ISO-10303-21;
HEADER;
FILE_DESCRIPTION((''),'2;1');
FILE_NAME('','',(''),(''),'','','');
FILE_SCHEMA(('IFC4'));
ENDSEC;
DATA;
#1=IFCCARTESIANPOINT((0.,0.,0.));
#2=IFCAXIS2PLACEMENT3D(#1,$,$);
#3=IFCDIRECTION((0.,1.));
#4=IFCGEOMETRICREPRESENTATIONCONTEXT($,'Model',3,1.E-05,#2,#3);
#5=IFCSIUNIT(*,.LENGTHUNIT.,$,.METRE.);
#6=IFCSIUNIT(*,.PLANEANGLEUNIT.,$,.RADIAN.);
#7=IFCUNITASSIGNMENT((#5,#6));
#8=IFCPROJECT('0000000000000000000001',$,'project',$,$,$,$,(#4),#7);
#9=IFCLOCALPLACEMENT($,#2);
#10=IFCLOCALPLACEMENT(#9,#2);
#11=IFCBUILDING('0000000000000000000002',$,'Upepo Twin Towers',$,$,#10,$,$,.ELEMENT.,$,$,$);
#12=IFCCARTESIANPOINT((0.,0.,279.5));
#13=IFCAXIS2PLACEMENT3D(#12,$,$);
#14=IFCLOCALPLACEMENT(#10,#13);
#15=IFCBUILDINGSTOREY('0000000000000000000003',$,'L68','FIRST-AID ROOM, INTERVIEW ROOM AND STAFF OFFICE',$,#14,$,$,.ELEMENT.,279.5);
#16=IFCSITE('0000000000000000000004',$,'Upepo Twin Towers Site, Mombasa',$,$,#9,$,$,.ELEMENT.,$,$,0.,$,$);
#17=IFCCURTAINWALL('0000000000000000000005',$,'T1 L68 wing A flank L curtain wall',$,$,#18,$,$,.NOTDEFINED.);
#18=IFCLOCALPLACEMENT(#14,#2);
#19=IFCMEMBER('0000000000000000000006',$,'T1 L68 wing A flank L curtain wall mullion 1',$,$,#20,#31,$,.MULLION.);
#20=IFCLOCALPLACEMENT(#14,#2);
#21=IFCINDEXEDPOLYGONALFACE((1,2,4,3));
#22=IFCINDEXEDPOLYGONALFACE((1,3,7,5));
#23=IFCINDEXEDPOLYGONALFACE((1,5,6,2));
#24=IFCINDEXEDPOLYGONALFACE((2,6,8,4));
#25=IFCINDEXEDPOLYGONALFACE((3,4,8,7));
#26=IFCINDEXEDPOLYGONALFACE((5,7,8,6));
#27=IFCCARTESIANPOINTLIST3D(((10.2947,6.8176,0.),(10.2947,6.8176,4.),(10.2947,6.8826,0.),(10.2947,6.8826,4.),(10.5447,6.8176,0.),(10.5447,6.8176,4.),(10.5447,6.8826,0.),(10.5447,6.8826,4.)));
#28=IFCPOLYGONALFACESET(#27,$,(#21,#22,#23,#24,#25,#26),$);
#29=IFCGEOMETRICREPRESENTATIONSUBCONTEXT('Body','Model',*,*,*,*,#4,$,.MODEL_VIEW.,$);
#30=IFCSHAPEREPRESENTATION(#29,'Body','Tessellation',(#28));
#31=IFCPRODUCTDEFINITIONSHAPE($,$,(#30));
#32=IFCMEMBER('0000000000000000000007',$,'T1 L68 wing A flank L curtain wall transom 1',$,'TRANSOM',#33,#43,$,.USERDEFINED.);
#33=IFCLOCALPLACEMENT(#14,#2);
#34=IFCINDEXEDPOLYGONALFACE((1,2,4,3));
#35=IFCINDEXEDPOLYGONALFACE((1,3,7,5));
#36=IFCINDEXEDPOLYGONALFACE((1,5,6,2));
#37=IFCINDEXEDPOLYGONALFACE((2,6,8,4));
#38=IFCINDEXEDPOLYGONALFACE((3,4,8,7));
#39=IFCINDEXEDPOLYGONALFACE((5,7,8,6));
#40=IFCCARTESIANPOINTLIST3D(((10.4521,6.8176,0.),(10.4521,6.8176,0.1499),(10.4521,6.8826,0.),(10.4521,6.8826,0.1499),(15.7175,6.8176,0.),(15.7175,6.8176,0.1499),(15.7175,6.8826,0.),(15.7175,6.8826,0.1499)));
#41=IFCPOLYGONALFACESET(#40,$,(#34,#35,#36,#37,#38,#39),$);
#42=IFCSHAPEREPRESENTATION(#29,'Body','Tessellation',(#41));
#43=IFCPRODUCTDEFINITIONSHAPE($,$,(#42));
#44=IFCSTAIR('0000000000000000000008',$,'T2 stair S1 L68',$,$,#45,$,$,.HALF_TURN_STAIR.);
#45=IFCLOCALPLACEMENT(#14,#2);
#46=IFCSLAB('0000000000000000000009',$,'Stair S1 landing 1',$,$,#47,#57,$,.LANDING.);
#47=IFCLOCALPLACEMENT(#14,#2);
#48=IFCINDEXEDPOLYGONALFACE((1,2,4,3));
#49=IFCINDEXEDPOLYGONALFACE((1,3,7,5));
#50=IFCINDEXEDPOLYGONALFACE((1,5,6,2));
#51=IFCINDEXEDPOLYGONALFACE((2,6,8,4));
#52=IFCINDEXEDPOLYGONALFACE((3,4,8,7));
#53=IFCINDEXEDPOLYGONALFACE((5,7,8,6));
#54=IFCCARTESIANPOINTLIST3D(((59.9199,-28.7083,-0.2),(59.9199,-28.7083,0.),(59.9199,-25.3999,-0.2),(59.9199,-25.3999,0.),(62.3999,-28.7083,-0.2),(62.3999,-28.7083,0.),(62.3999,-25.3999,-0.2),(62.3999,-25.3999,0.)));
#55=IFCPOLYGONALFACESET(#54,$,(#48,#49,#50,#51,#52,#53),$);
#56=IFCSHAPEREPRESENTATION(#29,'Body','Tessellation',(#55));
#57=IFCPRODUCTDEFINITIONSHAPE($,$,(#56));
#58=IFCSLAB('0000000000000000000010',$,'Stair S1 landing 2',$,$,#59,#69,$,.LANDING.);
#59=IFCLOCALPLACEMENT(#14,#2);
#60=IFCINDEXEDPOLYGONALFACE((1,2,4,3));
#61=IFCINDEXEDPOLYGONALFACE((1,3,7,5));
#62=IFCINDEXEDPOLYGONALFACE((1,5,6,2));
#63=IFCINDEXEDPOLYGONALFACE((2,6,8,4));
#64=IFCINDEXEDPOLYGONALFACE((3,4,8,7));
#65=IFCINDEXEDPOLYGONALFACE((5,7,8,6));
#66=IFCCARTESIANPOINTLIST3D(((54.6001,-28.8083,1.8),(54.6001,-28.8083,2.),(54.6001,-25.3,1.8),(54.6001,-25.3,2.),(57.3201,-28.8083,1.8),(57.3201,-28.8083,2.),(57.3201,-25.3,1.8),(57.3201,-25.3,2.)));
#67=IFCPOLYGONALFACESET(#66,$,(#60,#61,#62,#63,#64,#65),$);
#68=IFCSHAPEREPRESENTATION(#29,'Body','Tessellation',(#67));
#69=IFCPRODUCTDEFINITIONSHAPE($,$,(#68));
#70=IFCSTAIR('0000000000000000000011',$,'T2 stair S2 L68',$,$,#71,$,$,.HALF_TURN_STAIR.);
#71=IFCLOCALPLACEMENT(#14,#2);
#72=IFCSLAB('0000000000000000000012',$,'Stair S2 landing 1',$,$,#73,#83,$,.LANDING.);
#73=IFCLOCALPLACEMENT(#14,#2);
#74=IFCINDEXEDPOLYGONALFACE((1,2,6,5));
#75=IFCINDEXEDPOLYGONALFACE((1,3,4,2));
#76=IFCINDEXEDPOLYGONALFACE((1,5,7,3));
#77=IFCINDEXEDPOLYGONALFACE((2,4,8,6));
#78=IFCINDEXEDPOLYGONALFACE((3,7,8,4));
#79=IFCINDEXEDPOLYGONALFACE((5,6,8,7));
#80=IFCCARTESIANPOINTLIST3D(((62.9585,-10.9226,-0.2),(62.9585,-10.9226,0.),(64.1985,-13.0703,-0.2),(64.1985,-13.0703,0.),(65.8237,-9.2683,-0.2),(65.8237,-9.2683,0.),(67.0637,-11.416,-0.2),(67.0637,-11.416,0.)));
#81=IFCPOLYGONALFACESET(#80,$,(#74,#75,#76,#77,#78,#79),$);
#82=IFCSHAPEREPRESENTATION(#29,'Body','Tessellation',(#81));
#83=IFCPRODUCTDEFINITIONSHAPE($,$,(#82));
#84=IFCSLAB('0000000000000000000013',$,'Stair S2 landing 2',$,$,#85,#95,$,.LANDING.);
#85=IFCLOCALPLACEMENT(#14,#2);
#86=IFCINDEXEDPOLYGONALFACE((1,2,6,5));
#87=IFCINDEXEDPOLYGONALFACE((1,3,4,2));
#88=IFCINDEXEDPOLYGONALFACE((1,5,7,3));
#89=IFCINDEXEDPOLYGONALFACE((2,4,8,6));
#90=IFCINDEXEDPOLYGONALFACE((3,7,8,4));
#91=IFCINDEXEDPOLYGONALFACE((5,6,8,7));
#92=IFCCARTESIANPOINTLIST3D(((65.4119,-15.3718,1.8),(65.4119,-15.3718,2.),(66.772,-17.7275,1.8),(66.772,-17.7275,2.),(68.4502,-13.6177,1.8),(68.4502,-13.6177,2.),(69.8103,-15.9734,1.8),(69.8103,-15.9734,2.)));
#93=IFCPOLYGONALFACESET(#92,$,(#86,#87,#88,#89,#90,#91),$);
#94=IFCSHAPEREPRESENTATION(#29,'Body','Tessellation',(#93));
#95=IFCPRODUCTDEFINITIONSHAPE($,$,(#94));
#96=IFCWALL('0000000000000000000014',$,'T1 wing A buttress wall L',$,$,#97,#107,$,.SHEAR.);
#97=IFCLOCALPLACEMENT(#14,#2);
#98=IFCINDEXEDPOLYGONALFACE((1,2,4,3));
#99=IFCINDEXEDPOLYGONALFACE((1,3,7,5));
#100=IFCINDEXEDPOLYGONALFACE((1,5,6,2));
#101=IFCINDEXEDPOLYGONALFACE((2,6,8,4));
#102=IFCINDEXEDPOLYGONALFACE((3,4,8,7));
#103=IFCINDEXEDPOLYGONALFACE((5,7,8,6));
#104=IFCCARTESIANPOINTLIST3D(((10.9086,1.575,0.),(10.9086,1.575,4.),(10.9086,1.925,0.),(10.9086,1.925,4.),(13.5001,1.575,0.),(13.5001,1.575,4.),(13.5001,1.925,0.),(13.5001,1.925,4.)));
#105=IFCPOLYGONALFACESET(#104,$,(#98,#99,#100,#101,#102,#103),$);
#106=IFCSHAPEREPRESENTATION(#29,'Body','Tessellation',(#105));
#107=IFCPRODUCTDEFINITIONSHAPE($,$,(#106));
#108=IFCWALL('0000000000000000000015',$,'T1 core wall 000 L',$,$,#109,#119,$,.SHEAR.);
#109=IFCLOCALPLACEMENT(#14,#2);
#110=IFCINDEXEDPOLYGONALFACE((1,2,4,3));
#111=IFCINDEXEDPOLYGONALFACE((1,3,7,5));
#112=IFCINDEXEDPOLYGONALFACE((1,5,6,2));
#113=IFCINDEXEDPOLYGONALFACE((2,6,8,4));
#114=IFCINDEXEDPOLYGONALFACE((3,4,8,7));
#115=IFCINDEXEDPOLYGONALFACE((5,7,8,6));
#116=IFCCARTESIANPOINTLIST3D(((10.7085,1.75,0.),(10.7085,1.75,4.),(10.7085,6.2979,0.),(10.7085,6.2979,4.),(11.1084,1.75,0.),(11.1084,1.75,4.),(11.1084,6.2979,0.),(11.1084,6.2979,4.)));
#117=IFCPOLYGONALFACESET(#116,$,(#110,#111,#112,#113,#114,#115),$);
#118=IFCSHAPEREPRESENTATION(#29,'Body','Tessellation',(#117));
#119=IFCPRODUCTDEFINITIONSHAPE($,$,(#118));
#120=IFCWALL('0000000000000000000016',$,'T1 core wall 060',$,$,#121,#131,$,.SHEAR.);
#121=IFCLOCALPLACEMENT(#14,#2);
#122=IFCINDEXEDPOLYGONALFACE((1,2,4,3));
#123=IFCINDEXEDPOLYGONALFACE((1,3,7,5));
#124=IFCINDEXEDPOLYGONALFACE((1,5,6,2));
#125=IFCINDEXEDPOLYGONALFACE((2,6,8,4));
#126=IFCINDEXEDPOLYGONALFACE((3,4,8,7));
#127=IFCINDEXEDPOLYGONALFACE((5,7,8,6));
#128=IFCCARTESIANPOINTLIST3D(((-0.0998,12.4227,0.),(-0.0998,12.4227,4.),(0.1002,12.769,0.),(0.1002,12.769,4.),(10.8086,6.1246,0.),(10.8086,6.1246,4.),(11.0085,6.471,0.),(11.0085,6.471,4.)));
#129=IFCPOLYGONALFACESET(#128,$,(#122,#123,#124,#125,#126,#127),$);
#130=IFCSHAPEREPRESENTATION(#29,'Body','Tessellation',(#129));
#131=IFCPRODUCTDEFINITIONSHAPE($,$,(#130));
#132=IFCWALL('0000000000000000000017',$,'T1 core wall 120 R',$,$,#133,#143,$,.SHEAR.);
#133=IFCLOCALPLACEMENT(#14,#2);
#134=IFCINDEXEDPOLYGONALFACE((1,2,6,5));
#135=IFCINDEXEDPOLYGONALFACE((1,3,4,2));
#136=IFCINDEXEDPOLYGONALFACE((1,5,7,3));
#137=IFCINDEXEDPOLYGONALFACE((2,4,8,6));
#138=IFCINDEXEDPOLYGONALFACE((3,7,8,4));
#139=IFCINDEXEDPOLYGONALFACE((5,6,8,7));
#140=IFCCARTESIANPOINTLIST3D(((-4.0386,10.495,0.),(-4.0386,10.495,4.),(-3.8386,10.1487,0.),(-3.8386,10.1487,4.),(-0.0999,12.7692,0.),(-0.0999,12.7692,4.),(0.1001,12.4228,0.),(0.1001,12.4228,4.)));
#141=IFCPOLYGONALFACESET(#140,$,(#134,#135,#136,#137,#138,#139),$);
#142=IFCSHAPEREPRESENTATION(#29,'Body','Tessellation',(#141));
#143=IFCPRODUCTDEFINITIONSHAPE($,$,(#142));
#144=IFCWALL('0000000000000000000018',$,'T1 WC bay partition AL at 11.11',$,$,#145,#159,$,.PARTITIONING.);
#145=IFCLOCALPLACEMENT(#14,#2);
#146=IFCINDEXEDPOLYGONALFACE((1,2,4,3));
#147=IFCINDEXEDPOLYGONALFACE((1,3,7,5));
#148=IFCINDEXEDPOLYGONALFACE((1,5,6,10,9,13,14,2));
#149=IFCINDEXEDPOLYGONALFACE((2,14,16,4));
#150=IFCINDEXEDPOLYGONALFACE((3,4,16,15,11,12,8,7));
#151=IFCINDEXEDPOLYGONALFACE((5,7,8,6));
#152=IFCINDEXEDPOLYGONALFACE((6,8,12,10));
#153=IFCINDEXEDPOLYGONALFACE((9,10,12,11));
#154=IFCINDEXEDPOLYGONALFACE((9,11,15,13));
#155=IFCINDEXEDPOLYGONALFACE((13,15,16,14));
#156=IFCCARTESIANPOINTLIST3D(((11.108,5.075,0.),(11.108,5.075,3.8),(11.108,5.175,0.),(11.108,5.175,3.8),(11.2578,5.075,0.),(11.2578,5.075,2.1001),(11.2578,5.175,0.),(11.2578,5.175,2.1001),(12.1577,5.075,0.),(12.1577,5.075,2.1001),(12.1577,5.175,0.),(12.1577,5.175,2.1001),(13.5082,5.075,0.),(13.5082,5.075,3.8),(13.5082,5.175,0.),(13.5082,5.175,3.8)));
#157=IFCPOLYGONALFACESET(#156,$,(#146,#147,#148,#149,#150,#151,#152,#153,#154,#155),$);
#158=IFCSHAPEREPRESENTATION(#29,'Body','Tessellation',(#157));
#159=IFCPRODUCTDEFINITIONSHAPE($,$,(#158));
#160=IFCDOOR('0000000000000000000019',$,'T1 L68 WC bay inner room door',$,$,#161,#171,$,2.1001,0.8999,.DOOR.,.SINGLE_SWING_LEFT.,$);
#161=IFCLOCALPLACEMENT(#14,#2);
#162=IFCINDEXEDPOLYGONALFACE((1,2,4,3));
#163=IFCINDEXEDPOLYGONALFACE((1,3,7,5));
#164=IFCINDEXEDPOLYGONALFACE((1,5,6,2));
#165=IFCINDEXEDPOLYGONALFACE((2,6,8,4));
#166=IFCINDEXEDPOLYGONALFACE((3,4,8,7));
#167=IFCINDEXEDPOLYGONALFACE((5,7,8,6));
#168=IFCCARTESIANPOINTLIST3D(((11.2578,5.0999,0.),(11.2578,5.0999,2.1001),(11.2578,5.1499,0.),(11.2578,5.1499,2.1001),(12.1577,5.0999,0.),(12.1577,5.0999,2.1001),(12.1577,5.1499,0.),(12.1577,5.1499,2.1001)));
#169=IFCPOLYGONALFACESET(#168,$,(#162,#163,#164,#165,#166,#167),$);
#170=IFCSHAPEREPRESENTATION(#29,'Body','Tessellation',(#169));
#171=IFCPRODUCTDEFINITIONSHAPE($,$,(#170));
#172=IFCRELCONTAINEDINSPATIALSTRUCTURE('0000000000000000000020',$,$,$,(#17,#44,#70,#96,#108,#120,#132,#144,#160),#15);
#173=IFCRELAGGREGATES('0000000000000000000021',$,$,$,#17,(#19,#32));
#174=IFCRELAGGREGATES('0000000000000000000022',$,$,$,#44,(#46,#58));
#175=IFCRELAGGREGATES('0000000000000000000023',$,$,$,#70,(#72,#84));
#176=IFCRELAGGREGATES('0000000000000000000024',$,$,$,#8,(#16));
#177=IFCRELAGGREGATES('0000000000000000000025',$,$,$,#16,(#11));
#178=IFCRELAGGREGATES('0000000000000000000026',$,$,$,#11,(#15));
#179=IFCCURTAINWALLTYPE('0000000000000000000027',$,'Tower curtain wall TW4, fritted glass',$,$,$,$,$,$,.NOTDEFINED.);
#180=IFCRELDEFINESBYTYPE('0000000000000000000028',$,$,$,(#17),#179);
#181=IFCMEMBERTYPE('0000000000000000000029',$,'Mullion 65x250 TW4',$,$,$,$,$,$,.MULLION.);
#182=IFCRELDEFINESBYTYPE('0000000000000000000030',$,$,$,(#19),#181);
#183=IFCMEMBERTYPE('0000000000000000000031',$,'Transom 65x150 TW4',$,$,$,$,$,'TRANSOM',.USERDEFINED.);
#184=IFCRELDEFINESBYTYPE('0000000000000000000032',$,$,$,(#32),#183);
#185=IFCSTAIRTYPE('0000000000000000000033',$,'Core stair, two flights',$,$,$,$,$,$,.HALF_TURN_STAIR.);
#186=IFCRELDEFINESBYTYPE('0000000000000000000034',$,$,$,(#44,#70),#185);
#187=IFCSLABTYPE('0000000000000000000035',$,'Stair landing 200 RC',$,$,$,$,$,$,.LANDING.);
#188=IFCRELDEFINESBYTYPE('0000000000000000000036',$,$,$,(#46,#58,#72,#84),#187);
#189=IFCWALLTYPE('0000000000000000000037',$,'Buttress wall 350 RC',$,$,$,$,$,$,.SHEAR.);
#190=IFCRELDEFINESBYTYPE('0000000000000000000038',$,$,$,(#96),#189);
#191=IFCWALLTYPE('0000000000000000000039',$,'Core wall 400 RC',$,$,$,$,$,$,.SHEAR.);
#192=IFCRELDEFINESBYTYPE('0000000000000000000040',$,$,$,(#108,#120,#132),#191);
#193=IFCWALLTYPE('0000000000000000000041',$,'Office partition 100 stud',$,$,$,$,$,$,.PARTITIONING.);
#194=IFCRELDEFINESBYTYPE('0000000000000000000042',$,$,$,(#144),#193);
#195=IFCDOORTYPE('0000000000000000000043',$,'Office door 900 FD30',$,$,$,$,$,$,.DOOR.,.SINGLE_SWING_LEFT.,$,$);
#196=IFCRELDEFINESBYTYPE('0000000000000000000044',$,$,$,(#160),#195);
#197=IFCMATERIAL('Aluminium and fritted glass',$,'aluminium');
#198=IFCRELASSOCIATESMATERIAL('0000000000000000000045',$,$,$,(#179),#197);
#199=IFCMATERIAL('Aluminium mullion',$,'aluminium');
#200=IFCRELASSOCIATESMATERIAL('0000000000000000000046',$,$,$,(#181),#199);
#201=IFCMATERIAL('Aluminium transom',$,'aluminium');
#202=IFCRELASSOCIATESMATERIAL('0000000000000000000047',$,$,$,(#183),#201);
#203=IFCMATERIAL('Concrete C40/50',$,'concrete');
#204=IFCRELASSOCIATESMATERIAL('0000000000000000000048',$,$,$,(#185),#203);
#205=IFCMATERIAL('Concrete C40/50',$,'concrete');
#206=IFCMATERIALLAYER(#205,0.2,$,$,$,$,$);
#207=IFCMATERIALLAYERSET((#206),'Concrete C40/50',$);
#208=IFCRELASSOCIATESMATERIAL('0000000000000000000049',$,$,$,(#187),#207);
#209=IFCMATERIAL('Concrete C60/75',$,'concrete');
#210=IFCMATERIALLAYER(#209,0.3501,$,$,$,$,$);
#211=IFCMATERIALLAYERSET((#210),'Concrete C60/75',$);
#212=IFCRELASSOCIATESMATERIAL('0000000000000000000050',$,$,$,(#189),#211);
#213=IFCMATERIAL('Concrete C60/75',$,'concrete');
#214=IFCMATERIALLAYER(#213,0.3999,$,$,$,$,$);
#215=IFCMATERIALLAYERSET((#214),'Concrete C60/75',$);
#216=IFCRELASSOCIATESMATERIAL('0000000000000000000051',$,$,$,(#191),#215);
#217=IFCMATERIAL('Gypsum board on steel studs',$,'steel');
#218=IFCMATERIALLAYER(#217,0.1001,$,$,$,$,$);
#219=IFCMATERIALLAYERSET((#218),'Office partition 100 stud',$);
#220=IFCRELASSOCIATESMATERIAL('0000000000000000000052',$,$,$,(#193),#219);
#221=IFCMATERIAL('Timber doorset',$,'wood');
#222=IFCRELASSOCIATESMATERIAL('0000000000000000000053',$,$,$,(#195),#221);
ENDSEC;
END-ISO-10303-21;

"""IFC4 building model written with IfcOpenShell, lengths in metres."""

from ifc_helpers import new_model, si_unit, direction, frame, frame_2d, origin, origin_2d, place, context, subcontext, project, spatial, polyline, rectangle, outline, extrude, material, layer, layer_set, material_profile, profile_set, type_object, element, fill, aggregate, save


model = new_model("IFC4")

# Units and contexts
model_context = context("Model", 3, precision=1e-05, world=origin(), true_north=direction((0.0, 1.0)))
body_context = subcontext(model_context, "Body", "Model", "MODEL_VIEW")
ifc_project = project(units=[si_unit("LENGTHUNIT", "METRE"), si_unit("PLANEANGLEUNIT", "RADIAN")], contexts=[model_context])

# Site, building, storey
site_placement = place(None, origin())
site = spatial("IfcSite", under=ifc_project, at=site_placement, Name="Upepo Twin Towers Site, Mombasa", CompositionType="ELEMENT", RefElevation=0.0)
building_placement = place(site_placement, origin())
building = spatial("IfcBuilding", under=site, at=building_placement, Name="Upepo Twin Towers", CompositionType="ELEMENT")
storey_placement = place(building_placement, frame((0.0, 0.0, 279.5)))
storey = spatial("IfcBuildingStorey", under=building, at=storey_placement, Name="L68", Description="FIRST-AID ROOM, INTERVIEW ROOM AND STAFF OFFICE", CompositionType="ELEMENT", Elevation=279.5)

# Curtain wall, members
ifc_material_1 = material(Name="Aluminium and fritted glass", Category="aluminium")
curtain_wall_type = type_object("IfcCurtainWallType", Name="Tower curtain wall TW4, fritted glass", PredefinedType="NOTDEFINED", material=ifc_material_1)
curtain_wall_placement = place(storey_placement, origin())
curtain_wall = element("IfcCurtainWall", 1, at=curtain_wall_placement, inside=storey, type_object=curtain_wall_type, Name="T1 L68 wing A flank L curtain wall", PredefinedType="NOTDEFINED")
ifc_material_2 = material(Name="Aluminium mullion", Category="aluminium")
ifc_material_profile_1 = material_profile(ifc_material_2, rectangle(XDim=0.0649, YDim=0.25, at=origin_2d()), Name="MULLION 65x250")
ifc_profile_set_1 = profile_set([ifc_material_profile_1], Name="Aluminium mullion")
member_type_1 = type_object("IfcMemberType", Name="Mullion 65x250 TW4", PredefinedType="MULLION", material=ifc_profile_set_1)
member_1_placement = place(storey_placement, frame((10.4197, 6.8501, 0.0), z_axis=(0.0, 0.0, 1.0), x_axis=(0.0, 1.0, 0.0)))
member_1 = element("IfcMember", 2, at=member_1_placement, type_object=member_type_1, Name="T1 L68 wing A flank L curtain wall mullion 1", PredefinedType="MULLION", context=body_context, shape_type="SweptSolid", body=[
    extrude(rectangle(XDim=0.0649, YDim=0.25, at=origin_2d()), origin(), (0.0, 0.0, 1.0), 4.0),
])
ifc_material_3 = material(Name="Aluminium transom", Category="aluminium")
ifc_material_profile_2 = material_profile(ifc_material_3, rectangle(XDim=0.0649, YDim=0.1499, at=origin_2d()), Name="TRANSOM 65x150")
ifc_profile_set_2 = profile_set([ifc_material_profile_2], Name="Aluminium transom")
member_type_2 = type_object("IfcMemberType", Name="Transom 65x150 TW4", ElementType="TRANSOM", PredefinedType="USERDEFINED", material=ifc_profile_set_2)
member_2_placement = place(storey_placement, frame((10.4521, 6.8501, 0.075), z_axis=(1.0, 0.0, 0.0), x_axis=(0.0, 1.0, 0.0)))
member_2 = element("IfcMember", 3, at=member_2_placement, type_object=member_type_2, Name="T1 L68 wing A flank L curtain wall transom 1", ObjectType="TRANSOM", PredefinedType="USERDEFINED", context=body_context, shape_type="SweptSolid", body=[
    extrude(rectangle(XDim=0.0649, YDim=0.1499, at=origin_2d()), origin(), (0.0, 0.0, 1.0), 5.2654),
])
aggregate(curtain_wall, [member_1, member_2])

# Stairs, slabs
ifc_material_4 = material(Name="Concrete C40/50", Category="concrete")
stair_type = type_object("IfcStairType", Name="Core stair, two flights", PredefinedType="HALF_TURN_STAIR", material=ifc_material_4)
stair_1_placement = place(storey_placement, origin())
stair_1 = element("IfcStair", 4, at=stair_1_placement, inside=storey, type_object=stair_type, Name="T2 stair S1 L68", PredefinedType="HALF_TURN_STAIR")
ifc_material_5 = material(Name="Concrete C40/50", Category="concrete")
ifc_layer_1 = layer(ifc_material_5, 0.2)
ifc_layer_set_1 = layer_set([ifc_layer_1], Name="Concrete C40/50")
slab_type = type_object("IfcSlabType", Name="Stair landing 200 RC", PredefinedType="LANDING", material=ifc_layer_set_1)
slab_1_placement = place(storey_placement, frame((0.0, 0.0, -0.2)))
slab_1 = element("IfcSlab", 5, at=slab_1_placement, type_object=slab_type, Name="Stair S1 landing 1", PredefinedType="LANDING", context=body_context, shape_type="SweptSolid", body=[
    extrude(outline(polyline([(59.9199, -25.3999), (59.9199, -28.7083), (62.3999, -28.7083), (62.3999, -25.3999), (59.9199, -25.3999)])), origin(), (0.0, 0.0, 1.0), 0.2),
])
slab_2_placement = place(storey_placement, frame((0.0, 0.0, 1.8)))
slab_2 = element("IfcSlab", 6, at=slab_2_placement, type_object=slab_type, Name="Stair S1 landing 2", PredefinedType="LANDING", context=body_context, shape_type="SweptSolid", body=[
    extrude(outline(polyline([(54.6001, -25.3), (54.6001, -28.8083), (57.3201, -28.8083), (57.3201, -25.3), (54.6001, -25.3)])), origin(), (0.0, 0.0, 1.0), 0.2),
])
aggregate(stair_1, [slab_1, slab_2])
stair_2_placement = place(storey_placement, origin())
stair_2 = element("IfcStair", 7, at=stair_2_placement, inside=storey, type_object=stair_type, Name="T2 stair S2 L68", PredefinedType="HALF_TURN_STAIR")
slab_3_placement = place(storey_placement, frame((0.0, 0.0, -0.2)))
slab_3 = element("IfcSlab", 8, at=slab_3_placement, type_object=slab_type, Name="Stair S2 landing 1", PredefinedType="LANDING", context=body_context, shape_type="SweptSolid", body=[
    extrude(outline(polyline([(64.1985, -13.0703), (67.0637, -11.416), (65.8237, -9.2683), (62.9585, -10.9226), (64.1985, -13.0703)])), origin(), (0.0, 0.0, 1.0), 0.2),
])
slab_4_placement = place(storey_placement, frame((0.0, 0.0, 1.8)))
slab_4 = element("IfcSlab", 9, at=slab_4_placement, type_object=slab_type, Name="Stair S2 landing 2", PredefinedType="LANDING", context=body_context, shape_type="SweptSolid", body=[
    extrude(outline(polyline([(66.772, -17.7275), (69.8103, -15.9734), (68.4502, -13.6177), (65.4119, -15.3718), (66.772, -17.7275)])), origin(), (0.0, 0.0, 1.0), 0.2),
])
aggregate(stair_2, [slab_3, slab_4])

# Walls
ifc_material_6 = material(Name="Concrete C60/75", Category="concrete")
ifc_layer_2 = layer(ifc_material_6, 0.3501)
ifc_layer_set_2 = layer_set([ifc_layer_2], Name="Concrete C60/75")
wall_type_1 = type_object("IfcWallType", Name="Buttress wall 350 RC", PredefinedType="SHEAR", material=ifc_layer_set_2)
wall_1_placement = place(storey_placement, frame((10.9084, 1.75, 0.0), z_axis=(0.0, 0.0, 1.0), x_axis=(1.0, 0.0, 0.0)))
element("IfcWall", 10, at=wall_1_placement, inside=storey, type_object=wall_type_1, Name="T1 wing A buttress wall L", PredefinedType="SHEAR", context=body_context, shape_type="SweptSolid", body=[
    extrude(rectangle(XDim=2.5916, YDim=0.3501, at=frame_2d((1.2959, 0.0))), origin(), (0.0, 0.0, 1.0), 4.0),
])
ifc_material_7 = material(Name="Concrete C60/75", Category="concrete")
ifc_layer_3 = layer(ifc_material_7, 0.3999)
ifc_layer_set_3 = layer_set([ifc_layer_3], Name="Concrete C60/75")
wall_type_2 = type_object("IfcWallType", Name="Core wall 400 RC", PredefinedType="SHEAR", material=ifc_layer_set_3)
wall_2_placement = place(storey_placement, frame((10.9084, 1.75, 0.0), z_axis=(0.0, 0.0, 1.0), x_axis=(0.0, 1.0, 0.0)))
element("IfcWall", 11, at=wall_2_placement, inside=storey, type_object=wall_type_2, Name="T1 core wall 000 L", PredefinedType="SHEAR", context=body_context, shape_type="SweptSolid", body=[
    extrude(rectangle(XDim=4.5479, YDim=0.3999, at=frame_2d((2.2739, 0.0))), origin(), (0.0, 0.0, 1.0), 4.0),
])
wall_3_placement = place(storey_placement, frame((10.9084, 6.2979, 0.0), z_axis=(0.0, 0.0, 1.0), x_axis=(-0.866022, 0.500006, 0.0)))
element("IfcWall", 12, at=wall_3_placement, inside=storey, type_object=wall_type_2, Name="T1 core wall 060", PredefinedType="SHEAR", context=body_context, shape_type="SweptSolid", body=[
    extrude(rectangle(XDim=12.5959, YDim=0.3999, at=frame_2d((6.2979, 0.0))), origin(), (0.0, 0.0, 1.0), 4.0),
])
wall_4_placement = place(storey_placement, frame((0.0, 12.5959, 0.0), z_axis=(0.0, 0.0, 1.0), x_axis=(-0.866011, -0.500024, 0.0)))
element("IfcWall", 13, at=wall_4_placement, inside=storey, type_object=wall_type_2, Name="T1 core wall 120 R", PredefinedType="SHEAR", context=body_context, shape_type="SweptSolid", body=[
    extrude(rectangle(XDim=4.5481, YDim=0.3999, at=frame_2d((2.2739, 0.0))), origin(), (0.0, 0.0, 1.0), 4.0),
])

# Wall, opening, door
ifc_material_8 = material(Name="Gypsum board on steel studs", Category="steel")
ifc_layer_4 = layer(ifc_material_8, 0.1001)
ifc_layer_set_4 = layer_set([ifc_layer_4], Name="Office partition 100 stud")
wall_type_3 = type_object("IfcWallType", Name="Office partition 100 stud", PredefinedType="PARTITIONING", material=ifc_layer_set_4)
wall_5_placement = place(storey_placement, frame((11.1079, 5.125, 0.0), z_axis=(0.0, 0.0, 1.0), x_axis=(1.0, 0.0, 0.0)))
wall_5 = element("IfcWall", 14, at=wall_5_placement, inside=storey, type_object=wall_type_3, Name="T1 WC bay partition AL at 11.11", PredefinedType="PARTITIONING", context=body_context, shape_type="SweptSolid", body=[
    extrude(rectangle(XDim=2.4001, YDim=0.1001, at=frame_2d((1.2002, 0.0))), origin(), (0.0, 0.0, 1.0), 3.8),
])
opening_1_placement = place(wall_5_placement, frame((0.1499, 0.0, 0.0)))
opening_1 = element("IfcOpeningElement", 15, at=opening_1_placement, cuts=wall_5, PredefinedType="OPENING", context=body_context, shape_type="SweptSolid", body=[
    extrude(rectangle(XDim=0.8999, YDim=2.1001, at=frame_2d((0.45, 1.05))), frame((0.0, 0.0601, 0.0), z_axis=(0.0, -1.0, 0.0), x_axis=(1.0, 0.0, 0.0)), (0.0, 0.0, 1.0), 0.1201),
])
ifc_material_9 = material(Name="Timber doorset", Category="wood")
door_type_1 = type_object("IfcDoorType", Name="Office door 900 FD30", OperationType="SINGLE_SWING_LEFT", PredefinedType="DOOR", material=ifc_material_9)
door_1_placement = place(opening_1_placement, origin())
door_1 = element("IfcDoor", 16, at=door_1_placement, inside=storey, type_object=door_type_1, Name="T1 L68 WC bay inner room door", OperationType="SINGLE_SWING_LEFT", OverallHeight=2.1001, OverallWidth=0.8999, PredefinedType="DOOR", context=body_context, shape_type="SweptSolid", body=[
    extrude(rectangle(XDim=0.8999, YDim=2.1001, at=frame_2d((0.45, 1.05))), frame((0.0, 0.0249, 0.0), z_axis=(0.0, -1.0, 0.0), x_axis=(1.0, 0.0, 0.0)), (0.0, 0.0, 1.0), 0.05),
])
fill(opening_1, door_1)

save(model, "model.ifc")
